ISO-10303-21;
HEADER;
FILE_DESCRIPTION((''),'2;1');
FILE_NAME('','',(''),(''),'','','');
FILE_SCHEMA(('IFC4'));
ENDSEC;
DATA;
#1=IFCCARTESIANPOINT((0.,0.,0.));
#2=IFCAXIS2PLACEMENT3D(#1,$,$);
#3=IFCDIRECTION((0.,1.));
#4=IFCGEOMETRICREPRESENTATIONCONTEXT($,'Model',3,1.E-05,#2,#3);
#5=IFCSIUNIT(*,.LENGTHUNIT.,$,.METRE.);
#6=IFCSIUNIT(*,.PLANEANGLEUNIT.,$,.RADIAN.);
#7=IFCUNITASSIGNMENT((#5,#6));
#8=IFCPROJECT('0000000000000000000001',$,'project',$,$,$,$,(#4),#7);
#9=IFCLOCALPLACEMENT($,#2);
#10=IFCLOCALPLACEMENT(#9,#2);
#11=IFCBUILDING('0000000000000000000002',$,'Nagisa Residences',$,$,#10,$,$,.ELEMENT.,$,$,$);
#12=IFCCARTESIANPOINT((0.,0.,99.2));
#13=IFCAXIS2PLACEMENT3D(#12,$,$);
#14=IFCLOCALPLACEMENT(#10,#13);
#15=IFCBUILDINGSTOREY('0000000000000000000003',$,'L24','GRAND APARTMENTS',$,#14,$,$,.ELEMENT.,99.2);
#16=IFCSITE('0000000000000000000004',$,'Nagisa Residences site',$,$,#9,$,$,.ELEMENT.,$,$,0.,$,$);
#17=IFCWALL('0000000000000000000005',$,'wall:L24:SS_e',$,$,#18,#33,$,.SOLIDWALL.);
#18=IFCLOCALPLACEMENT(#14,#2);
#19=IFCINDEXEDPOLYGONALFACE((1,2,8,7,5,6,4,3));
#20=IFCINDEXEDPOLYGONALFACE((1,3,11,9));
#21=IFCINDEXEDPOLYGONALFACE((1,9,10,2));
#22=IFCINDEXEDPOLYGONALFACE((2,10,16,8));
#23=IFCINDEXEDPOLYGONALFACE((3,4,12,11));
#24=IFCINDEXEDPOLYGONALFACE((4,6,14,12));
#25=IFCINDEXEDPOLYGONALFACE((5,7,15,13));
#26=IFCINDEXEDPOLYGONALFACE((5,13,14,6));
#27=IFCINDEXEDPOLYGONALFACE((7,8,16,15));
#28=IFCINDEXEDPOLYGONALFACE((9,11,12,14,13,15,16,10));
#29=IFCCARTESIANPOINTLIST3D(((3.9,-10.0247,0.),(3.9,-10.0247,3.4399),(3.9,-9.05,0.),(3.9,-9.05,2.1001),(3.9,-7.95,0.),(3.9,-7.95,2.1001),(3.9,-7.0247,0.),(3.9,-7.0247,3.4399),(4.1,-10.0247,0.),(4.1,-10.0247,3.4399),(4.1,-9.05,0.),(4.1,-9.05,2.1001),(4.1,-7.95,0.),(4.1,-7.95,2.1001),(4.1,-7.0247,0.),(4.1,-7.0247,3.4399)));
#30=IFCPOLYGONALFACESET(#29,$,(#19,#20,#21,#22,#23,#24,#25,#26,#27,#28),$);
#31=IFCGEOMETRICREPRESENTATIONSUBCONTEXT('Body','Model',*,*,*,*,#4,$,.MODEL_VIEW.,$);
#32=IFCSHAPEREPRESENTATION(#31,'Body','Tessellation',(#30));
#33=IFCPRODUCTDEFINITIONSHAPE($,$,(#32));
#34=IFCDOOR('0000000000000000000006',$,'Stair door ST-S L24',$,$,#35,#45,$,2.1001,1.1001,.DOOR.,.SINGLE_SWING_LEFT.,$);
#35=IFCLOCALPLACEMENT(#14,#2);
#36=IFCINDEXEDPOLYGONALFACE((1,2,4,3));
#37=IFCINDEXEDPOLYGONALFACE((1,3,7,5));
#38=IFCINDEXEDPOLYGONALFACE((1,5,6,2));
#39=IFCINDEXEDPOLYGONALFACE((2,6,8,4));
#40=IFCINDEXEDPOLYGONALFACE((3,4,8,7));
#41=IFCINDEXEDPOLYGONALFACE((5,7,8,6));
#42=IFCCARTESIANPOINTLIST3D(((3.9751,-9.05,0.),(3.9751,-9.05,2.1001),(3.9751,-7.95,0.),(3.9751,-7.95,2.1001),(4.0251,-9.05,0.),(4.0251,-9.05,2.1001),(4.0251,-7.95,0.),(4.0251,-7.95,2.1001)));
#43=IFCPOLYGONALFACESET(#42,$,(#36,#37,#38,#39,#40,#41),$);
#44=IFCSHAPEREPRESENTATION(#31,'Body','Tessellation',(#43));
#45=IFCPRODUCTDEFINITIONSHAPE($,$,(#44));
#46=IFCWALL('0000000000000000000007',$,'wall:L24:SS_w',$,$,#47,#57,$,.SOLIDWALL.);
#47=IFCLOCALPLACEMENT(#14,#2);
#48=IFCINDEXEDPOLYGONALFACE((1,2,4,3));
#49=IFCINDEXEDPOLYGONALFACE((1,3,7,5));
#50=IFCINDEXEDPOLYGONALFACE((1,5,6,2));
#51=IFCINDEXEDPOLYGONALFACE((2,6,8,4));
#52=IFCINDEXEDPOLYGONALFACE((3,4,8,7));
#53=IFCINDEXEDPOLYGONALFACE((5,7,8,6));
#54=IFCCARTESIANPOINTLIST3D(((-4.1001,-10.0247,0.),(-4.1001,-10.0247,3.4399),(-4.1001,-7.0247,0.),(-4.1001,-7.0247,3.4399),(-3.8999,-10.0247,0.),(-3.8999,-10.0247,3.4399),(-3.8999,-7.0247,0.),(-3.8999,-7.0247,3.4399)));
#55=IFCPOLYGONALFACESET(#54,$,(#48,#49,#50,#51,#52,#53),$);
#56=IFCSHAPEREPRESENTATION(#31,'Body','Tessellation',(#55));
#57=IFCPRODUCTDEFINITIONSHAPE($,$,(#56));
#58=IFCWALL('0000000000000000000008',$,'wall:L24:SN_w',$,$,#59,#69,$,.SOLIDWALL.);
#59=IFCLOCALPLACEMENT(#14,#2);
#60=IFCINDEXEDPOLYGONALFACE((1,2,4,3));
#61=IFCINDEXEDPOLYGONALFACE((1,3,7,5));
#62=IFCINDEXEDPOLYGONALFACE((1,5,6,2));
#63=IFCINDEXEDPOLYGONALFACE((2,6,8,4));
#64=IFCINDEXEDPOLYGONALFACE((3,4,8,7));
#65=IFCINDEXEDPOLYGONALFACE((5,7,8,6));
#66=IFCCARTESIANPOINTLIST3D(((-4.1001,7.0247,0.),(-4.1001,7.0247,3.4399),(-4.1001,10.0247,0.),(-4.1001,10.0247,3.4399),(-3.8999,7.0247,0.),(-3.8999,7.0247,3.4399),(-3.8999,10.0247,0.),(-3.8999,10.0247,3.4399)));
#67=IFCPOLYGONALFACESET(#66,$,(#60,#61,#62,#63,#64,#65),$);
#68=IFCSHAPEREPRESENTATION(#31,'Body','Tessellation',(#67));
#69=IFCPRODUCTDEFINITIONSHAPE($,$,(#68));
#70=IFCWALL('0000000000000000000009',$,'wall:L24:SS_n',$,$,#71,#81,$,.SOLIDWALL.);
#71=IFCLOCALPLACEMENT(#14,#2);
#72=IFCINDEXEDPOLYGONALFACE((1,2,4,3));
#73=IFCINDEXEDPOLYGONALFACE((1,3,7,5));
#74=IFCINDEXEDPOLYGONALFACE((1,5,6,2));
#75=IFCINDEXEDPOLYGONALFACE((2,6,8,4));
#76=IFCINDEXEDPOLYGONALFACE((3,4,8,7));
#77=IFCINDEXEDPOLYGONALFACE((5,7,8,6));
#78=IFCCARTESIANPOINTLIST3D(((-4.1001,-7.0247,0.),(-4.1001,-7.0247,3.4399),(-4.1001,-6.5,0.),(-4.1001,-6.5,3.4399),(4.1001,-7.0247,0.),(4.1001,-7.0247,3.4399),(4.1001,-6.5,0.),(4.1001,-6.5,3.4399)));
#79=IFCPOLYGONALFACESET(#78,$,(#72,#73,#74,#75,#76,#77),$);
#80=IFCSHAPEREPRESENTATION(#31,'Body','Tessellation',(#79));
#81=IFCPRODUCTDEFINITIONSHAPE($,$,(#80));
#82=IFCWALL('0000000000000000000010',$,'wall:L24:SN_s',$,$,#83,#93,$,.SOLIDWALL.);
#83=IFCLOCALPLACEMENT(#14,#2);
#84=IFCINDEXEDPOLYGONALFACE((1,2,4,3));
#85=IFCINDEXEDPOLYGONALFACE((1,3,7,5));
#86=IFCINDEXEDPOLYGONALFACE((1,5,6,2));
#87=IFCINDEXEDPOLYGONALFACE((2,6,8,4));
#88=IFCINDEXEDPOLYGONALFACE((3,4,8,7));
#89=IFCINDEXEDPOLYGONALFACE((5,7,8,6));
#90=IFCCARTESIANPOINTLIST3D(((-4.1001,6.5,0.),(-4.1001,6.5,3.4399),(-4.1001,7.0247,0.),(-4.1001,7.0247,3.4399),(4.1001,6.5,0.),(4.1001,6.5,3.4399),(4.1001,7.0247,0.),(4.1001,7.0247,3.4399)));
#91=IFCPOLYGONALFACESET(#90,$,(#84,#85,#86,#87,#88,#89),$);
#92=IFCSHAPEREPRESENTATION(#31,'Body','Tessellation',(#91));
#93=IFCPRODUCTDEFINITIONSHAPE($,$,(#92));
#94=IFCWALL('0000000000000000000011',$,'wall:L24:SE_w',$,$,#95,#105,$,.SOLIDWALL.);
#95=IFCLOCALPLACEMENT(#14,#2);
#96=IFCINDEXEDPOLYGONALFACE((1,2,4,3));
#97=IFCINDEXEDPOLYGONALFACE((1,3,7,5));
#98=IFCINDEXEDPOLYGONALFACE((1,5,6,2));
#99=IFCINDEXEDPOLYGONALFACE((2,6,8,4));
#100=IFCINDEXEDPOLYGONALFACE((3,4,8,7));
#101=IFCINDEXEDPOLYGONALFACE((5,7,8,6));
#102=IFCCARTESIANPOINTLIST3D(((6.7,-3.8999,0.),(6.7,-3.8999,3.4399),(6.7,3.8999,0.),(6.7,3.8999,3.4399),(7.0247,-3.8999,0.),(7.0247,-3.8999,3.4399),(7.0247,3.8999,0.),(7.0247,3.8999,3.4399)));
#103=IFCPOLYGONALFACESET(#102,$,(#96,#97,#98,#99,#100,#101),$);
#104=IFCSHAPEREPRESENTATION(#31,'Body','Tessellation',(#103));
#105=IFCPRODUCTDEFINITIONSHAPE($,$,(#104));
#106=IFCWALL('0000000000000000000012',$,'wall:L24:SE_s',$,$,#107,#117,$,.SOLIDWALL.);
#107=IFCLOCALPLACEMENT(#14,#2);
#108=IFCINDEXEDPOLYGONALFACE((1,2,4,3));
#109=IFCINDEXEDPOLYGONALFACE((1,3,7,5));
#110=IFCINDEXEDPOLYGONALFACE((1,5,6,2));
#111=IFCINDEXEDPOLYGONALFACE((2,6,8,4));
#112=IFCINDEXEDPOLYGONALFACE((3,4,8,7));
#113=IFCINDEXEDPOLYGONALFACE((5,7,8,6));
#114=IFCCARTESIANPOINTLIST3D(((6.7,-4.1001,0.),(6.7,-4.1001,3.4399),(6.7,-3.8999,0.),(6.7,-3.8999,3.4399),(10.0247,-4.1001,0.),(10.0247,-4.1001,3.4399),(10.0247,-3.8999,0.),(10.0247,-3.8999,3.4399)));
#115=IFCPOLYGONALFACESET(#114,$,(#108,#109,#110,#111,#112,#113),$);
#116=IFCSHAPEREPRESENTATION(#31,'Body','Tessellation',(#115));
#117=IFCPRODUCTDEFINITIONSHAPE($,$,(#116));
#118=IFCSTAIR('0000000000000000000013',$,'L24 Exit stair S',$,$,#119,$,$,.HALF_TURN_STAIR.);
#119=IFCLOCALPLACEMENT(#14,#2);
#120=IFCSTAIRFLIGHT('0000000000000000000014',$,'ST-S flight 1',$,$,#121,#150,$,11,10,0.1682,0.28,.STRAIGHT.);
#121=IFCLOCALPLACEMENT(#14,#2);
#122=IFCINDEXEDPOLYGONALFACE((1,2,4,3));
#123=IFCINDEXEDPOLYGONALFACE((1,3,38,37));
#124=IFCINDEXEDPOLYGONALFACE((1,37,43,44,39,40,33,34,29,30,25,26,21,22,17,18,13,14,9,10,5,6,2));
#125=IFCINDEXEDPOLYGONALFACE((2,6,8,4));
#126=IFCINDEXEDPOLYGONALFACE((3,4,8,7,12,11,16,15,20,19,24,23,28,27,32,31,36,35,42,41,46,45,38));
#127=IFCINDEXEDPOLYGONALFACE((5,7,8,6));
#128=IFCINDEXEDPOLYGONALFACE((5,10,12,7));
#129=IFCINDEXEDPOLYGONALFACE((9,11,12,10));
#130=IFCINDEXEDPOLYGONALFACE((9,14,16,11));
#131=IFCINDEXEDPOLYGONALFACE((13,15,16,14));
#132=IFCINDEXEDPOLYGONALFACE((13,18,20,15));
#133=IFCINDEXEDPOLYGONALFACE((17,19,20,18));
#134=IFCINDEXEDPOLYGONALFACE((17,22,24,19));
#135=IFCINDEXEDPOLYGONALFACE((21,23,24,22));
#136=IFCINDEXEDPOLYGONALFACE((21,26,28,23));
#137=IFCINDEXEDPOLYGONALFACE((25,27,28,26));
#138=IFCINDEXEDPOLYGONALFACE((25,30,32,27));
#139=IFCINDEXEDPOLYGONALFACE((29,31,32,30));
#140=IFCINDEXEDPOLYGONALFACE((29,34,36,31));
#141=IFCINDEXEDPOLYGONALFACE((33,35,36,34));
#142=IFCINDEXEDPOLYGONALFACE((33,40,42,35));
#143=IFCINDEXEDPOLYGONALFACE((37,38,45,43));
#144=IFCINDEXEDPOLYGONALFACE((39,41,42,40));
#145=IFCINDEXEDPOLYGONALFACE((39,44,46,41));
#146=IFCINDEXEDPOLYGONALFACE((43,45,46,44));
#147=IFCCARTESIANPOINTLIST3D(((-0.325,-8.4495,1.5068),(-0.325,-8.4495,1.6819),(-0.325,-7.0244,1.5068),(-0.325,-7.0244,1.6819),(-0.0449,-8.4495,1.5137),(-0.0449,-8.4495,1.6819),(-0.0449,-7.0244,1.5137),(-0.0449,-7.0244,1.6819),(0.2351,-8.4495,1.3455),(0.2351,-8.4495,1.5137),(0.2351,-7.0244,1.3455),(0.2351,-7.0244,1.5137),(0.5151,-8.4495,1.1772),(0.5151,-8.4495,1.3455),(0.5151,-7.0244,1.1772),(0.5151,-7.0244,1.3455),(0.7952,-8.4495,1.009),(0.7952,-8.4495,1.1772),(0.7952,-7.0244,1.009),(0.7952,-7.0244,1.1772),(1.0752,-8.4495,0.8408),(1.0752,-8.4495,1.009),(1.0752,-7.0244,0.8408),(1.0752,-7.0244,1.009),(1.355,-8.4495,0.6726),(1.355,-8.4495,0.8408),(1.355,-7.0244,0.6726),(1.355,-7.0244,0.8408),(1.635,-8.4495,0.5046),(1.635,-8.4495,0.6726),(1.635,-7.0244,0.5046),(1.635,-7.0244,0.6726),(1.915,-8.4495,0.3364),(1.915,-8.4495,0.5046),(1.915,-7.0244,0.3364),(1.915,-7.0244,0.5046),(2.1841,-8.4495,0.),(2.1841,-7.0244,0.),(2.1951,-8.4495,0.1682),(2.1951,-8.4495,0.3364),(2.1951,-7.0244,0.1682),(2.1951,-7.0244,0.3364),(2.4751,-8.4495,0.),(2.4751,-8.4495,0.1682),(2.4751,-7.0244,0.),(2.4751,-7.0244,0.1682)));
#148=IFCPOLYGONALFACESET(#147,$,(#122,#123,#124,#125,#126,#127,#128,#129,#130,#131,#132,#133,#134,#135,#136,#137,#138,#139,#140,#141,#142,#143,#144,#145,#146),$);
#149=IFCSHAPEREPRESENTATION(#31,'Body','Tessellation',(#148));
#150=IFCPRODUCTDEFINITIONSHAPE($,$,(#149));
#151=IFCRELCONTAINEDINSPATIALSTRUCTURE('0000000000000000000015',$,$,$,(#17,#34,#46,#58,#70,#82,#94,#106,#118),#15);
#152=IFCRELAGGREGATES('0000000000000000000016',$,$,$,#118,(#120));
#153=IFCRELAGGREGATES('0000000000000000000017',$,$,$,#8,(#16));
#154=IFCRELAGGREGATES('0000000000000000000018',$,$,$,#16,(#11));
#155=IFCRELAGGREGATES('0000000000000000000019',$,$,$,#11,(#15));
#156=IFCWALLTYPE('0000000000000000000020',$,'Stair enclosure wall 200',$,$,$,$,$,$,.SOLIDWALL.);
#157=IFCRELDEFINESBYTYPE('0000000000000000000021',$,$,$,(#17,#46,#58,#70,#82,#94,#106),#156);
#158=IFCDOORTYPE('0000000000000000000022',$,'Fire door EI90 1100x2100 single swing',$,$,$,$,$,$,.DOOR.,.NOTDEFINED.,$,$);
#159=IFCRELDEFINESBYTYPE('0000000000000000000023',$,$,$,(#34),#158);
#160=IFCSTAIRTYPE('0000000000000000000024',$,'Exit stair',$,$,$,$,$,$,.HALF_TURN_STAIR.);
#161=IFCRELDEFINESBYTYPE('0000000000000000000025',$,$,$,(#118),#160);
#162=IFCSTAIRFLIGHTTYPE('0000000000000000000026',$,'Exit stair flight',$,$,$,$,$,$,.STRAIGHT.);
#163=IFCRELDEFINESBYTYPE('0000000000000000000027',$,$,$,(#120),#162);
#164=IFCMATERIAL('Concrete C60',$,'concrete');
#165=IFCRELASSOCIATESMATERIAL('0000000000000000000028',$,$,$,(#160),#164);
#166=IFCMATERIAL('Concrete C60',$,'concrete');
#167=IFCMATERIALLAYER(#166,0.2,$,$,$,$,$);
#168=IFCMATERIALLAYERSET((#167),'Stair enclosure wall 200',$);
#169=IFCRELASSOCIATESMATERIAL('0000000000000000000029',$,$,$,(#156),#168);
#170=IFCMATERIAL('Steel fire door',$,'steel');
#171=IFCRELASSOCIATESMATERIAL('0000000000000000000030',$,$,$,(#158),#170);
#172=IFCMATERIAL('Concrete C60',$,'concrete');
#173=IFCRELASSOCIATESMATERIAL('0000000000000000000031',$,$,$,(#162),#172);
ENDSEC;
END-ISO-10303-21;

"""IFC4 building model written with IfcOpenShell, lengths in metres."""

from ifc_helpers import new_model, si_unit, direction, frame, frame_2d, origin, place, context, subcontext, project, spatial, polyline, rectangle, outline, extrude, material, layer, layer_set, type_object, element, fill, aggregate, save


model = new_model("IFC4")

# Units and contexts
model_context = context("Model", 3, precision=1e-05, world=origin(), true_north=direction((0.0, 1.0)))
body_context = subcontext(model_context, "Body", "Model", "MODEL_VIEW")
ifc_project = project(units=[si_unit("LENGTHUNIT", "METRE"), si_unit("PLANEANGLEUNIT", "RADIAN")], contexts=[model_context])

# Site, building, storey
site_placement = place(None, origin())
site = spatial("IfcSite", under=ifc_project, at=site_placement, Name="Nagisa Residences site", CompositionType="ELEMENT", RefElevation=0.0)
building_placement = place(site_placement, origin())
building = spatial("IfcBuilding", under=site, at=building_placement, Name="Nagisa Residences", CompositionType="ELEMENT")
storey_placement = place(building_placement, frame((0.0, 0.0, 99.2)))
storey = spatial("IfcBuildingStorey", under=building, at=storey_placement, Name="L24", Description="GRAND APARTMENTS", CompositionType="ELEMENT", Elevation=99.2)

# Shared definitions
ifc_material_1 = material(Name="Concrete C60", Category="concrete")
stair_type = type_object("IfcStairType", Name="Exit stair", PredefinedType="HALF_TURN_STAIR", material=ifc_material_1)

# Wall, opening, door
ifc_material_2 = material(Name="Concrete C60", Category="concrete")
ifc_layer_1 = layer(ifc_material_2, 0.2)
ifc_layer_set_1 = layer_set([ifc_layer_1], Name="Stair enclosure wall 200")
wall_type_1 = type_object("IfcWallType", Name="Stair enclosure wall 200", PredefinedType="SOLIDWALL", material=ifc_layer_set_1)
wall_1_placement = place(storey_placement, frame((4.0, -10.0247, 0.0), z_axis=(0.0, 0.0, 1.0), x_axis=(0.0, 1.0, 0.0)))
wall_1 = element("IfcWall", 1, at=wall_1_placement, inside=storey, type_object=wall_type_1, Name="wall:L24:SS_e", PredefinedType="SOLIDWALL", context=body_context, shape_type="SweptSolid", body=[
    extrude(rectangle(XDim=3.0, YDim=0.2, at=frame_2d((1.5, 0.0))), origin(), (0.0, 0.0, 1.0), 3.4399),
])
opening_1_placement = place(wall_1_placement, frame((0.9746, 0.0, 0.0)))
opening_1 = element("IfcOpeningElement", 2, at=opening_1_placement, cuts=wall_1, PredefinedType="OPENING", context=body_context, shape_type="SweptSolid", body=[
    extrude(rectangle(XDim=1.1001, YDim=2.1001, at=frame_2d((0.55, 1.05))), frame((0.0, 0.1099, 0.0), z_axis=(0.0, -1.0, 0.0), x_axis=(1.0, 0.0, 0.0)), (0.0, 0.0, 1.0), 0.22),
])
ifc_material_3 = material(Name="Steel fire door", Category="steel")
door_type_1 = type_object("IfcDoorType", Name="Fire door EI90 1100x2100 single swing", OperationType="NOTDEFINED", PredefinedType="DOOR", material=ifc_material_3)
door_1_placement = place(opening_1_placement, origin())
door_1 = element("IfcDoor", 3, at=door_1_placement, inside=storey, type_object=door_type_1, Name="Stair door ST-S L24", OperationType="SINGLE_SWING_LEFT", OverallHeight=2.1001, OverallWidth=1.1001, PredefinedType="DOOR", context=body_context, shape_type="SweptSolid", body=[
    extrude(rectangle(XDim=1.1001, YDim=2.1001, at=frame_2d((0.55, 1.05))), frame((0.0, 0.0249, 0.0), z_axis=(0.0, -1.0, 0.0), x_axis=(1.0, 0.0, 0.0)), (0.0, 0.0, 1.0), 0.05),
])
fill(opening_1, door_1)

# Walls
wall_2_placement = place(storey_placement, origin())
element("IfcWall", 4, at=wall_2_placement, inside=storey, type_object=wall_type_1, Name="wall:L24:SS_w", PredefinedType="SOLIDWALL", context=body_context, shape_type="SweptSolid", body=[
    extrude(outline(polyline([(-3.8999, -10.0247), (-4.1001, -10.0247), (-4.1001, -7.0247), (-3.8999, -7.0247), (-3.8999, -10.0247)])), origin(), (0.0, 0.0, 1.0), 3.4399),
])
wall_3_placement = place(storey_placement, origin())
element("IfcWall", 5, at=wall_3_placement, inside=storey, type_object=wall_type_1, Name="wall:L24:SN_w", PredefinedType="SOLIDWALL", context=body_context, shape_type="SweptSolid", body=[
    extrude(outline(polyline([(-3.8999, 7.0247), (-4.1001, 7.0247), (-4.1001, 10.0247), (-3.8999, 10.0247), (-3.8999, 7.0247)])), origin(), (0.0, 0.0, 1.0), 3.4399),
])
wall_4_placement = place(storey_placement, origin())
element("IfcWall", 6, at=wall_4_placement, inside=storey, type_object=wall_type_1, Name="wall:L24:SS_n", PredefinedType="SOLIDWALL", context=body_context, shape_type="SweptSolid", body=[
    extrude(outline(polyline([(4.1001, -7.0247), (-4.1001, -7.0247), (-4.1001, -6.5), (4.1001, -6.5), (4.1001, -7.0247)])), origin(), (0.0, 0.0, 1.0), 3.4399),
])
wall_5_placement = place(storey_placement, origin())
element("IfcWall", 7, at=wall_5_placement, inside=storey, type_object=wall_type_1, Name="wall:L24:SN_s", PredefinedType="SOLIDWALL", context=body_context, shape_type="SweptSolid", body=[
    extrude(outline(polyline([(4.1001, 6.5), (-4.1001, 6.5), (-4.1001, 7.0247), (4.1001, 7.0247), (4.1001, 6.5)])), origin(), (0.0, 0.0, 1.0), 3.4399),
])
wall_6_placement = place(storey_placement, origin())
element("IfcWall", 8, at=wall_6_placement, inside=storey, type_object=wall_type_1, Name="wall:L24:SE_w", PredefinedType="SOLIDWALL", context=body_context, shape_type="SweptSolid", body=[
    extrude(outline(polyline([(7.0247, -3.8999), (6.7, -3.8999), (6.7, 3.8999), (7.0247, 3.8999), (7.0247, -3.8999)])), origin(), (0.0, 0.0, 1.0), 3.4399),
])
wall_7_placement = place(storey_placement, origin())
element("IfcWall", 9, at=wall_7_placement, inside=storey, type_object=wall_type_1, Name="wall:L24:SE_s", PredefinedType="SOLIDWALL", context=body_context, shape_type="SweptSolid", body=[
    extrude(outline(polyline([(10.0247, -4.1001), (6.7, -4.1001), (6.7, -3.8999), (10.0247, -3.8999), (10.0247, -4.1001)])), origin(), (0.0, 0.0, 1.0), 3.4399),
])

# Stair, stair flight
stair_1_placement = place(storey_placement, origin())
stair_1 = element("IfcStair", 10, at=stair_1_placement, inside=storey, type_object=stair_type, Name="L24 Exit stair S", PredefinedType="HALF_TURN_STAIR")
ifc_material_4 = material(Name="Concrete C60", Category="concrete")
stair_flight_type = type_object("IfcStairFlightType", Name="Exit stair flight", PredefinedType="STRAIGHT", material=ifc_material_4)
stair_flight_placement = place(storey_placement, frame((2.4751, -7.7371, 0.0), z_axis=(0.0, 0.0, 1.0), x_axis=(-1.0, 0.0, 0.0)))
stair_flight = element("IfcStairFlight", 11, at=stair_flight_placement, type_object=stair_flight_type, Name="ST-S flight 1", NumberOfRisers=11, NumberOfTreads=10, PredefinedType="STRAIGHT", RiserHeight=0.1682, TreadLength=0.28, context=body_context, shape_type="SweptSolid", body=[
    extrude(outline(polyline([(0.0, 0.0), (0.0, 0.1682), (0.28, 0.1682), (0.28, 0.3364), (0.5601, 0.3364), (0.5601, 0.5046), (0.8401, 0.5046), (0.8401, 0.6726), (1.1201, 0.6726), (1.1201, 0.8408), (1.3999, 0.8408), (1.3999, 1.009), (1.6799, 1.009), (1.6799, 1.1772), (1.96, 1.1772), (1.96, 1.3455), (2.24, 1.3455), (2.24, 1.5137), (2.52, 1.5137), (2.52, 1.6819), (2.8, 1.6819), (2.8, 1.8501), (2.8, 1.5068), (0.291, 0.0), (0.0, 0.0)])), frame((0.0, 0.7124, 0.0), z_axis=(0.0, -1.0, 0.0), x_axis=(1.0, 0.0, 0.0)), (0.0, 0.0, 1.0), 1.425),
])
aggregate(stair_1, [stair_flight])

save(model, "model.ifc")
